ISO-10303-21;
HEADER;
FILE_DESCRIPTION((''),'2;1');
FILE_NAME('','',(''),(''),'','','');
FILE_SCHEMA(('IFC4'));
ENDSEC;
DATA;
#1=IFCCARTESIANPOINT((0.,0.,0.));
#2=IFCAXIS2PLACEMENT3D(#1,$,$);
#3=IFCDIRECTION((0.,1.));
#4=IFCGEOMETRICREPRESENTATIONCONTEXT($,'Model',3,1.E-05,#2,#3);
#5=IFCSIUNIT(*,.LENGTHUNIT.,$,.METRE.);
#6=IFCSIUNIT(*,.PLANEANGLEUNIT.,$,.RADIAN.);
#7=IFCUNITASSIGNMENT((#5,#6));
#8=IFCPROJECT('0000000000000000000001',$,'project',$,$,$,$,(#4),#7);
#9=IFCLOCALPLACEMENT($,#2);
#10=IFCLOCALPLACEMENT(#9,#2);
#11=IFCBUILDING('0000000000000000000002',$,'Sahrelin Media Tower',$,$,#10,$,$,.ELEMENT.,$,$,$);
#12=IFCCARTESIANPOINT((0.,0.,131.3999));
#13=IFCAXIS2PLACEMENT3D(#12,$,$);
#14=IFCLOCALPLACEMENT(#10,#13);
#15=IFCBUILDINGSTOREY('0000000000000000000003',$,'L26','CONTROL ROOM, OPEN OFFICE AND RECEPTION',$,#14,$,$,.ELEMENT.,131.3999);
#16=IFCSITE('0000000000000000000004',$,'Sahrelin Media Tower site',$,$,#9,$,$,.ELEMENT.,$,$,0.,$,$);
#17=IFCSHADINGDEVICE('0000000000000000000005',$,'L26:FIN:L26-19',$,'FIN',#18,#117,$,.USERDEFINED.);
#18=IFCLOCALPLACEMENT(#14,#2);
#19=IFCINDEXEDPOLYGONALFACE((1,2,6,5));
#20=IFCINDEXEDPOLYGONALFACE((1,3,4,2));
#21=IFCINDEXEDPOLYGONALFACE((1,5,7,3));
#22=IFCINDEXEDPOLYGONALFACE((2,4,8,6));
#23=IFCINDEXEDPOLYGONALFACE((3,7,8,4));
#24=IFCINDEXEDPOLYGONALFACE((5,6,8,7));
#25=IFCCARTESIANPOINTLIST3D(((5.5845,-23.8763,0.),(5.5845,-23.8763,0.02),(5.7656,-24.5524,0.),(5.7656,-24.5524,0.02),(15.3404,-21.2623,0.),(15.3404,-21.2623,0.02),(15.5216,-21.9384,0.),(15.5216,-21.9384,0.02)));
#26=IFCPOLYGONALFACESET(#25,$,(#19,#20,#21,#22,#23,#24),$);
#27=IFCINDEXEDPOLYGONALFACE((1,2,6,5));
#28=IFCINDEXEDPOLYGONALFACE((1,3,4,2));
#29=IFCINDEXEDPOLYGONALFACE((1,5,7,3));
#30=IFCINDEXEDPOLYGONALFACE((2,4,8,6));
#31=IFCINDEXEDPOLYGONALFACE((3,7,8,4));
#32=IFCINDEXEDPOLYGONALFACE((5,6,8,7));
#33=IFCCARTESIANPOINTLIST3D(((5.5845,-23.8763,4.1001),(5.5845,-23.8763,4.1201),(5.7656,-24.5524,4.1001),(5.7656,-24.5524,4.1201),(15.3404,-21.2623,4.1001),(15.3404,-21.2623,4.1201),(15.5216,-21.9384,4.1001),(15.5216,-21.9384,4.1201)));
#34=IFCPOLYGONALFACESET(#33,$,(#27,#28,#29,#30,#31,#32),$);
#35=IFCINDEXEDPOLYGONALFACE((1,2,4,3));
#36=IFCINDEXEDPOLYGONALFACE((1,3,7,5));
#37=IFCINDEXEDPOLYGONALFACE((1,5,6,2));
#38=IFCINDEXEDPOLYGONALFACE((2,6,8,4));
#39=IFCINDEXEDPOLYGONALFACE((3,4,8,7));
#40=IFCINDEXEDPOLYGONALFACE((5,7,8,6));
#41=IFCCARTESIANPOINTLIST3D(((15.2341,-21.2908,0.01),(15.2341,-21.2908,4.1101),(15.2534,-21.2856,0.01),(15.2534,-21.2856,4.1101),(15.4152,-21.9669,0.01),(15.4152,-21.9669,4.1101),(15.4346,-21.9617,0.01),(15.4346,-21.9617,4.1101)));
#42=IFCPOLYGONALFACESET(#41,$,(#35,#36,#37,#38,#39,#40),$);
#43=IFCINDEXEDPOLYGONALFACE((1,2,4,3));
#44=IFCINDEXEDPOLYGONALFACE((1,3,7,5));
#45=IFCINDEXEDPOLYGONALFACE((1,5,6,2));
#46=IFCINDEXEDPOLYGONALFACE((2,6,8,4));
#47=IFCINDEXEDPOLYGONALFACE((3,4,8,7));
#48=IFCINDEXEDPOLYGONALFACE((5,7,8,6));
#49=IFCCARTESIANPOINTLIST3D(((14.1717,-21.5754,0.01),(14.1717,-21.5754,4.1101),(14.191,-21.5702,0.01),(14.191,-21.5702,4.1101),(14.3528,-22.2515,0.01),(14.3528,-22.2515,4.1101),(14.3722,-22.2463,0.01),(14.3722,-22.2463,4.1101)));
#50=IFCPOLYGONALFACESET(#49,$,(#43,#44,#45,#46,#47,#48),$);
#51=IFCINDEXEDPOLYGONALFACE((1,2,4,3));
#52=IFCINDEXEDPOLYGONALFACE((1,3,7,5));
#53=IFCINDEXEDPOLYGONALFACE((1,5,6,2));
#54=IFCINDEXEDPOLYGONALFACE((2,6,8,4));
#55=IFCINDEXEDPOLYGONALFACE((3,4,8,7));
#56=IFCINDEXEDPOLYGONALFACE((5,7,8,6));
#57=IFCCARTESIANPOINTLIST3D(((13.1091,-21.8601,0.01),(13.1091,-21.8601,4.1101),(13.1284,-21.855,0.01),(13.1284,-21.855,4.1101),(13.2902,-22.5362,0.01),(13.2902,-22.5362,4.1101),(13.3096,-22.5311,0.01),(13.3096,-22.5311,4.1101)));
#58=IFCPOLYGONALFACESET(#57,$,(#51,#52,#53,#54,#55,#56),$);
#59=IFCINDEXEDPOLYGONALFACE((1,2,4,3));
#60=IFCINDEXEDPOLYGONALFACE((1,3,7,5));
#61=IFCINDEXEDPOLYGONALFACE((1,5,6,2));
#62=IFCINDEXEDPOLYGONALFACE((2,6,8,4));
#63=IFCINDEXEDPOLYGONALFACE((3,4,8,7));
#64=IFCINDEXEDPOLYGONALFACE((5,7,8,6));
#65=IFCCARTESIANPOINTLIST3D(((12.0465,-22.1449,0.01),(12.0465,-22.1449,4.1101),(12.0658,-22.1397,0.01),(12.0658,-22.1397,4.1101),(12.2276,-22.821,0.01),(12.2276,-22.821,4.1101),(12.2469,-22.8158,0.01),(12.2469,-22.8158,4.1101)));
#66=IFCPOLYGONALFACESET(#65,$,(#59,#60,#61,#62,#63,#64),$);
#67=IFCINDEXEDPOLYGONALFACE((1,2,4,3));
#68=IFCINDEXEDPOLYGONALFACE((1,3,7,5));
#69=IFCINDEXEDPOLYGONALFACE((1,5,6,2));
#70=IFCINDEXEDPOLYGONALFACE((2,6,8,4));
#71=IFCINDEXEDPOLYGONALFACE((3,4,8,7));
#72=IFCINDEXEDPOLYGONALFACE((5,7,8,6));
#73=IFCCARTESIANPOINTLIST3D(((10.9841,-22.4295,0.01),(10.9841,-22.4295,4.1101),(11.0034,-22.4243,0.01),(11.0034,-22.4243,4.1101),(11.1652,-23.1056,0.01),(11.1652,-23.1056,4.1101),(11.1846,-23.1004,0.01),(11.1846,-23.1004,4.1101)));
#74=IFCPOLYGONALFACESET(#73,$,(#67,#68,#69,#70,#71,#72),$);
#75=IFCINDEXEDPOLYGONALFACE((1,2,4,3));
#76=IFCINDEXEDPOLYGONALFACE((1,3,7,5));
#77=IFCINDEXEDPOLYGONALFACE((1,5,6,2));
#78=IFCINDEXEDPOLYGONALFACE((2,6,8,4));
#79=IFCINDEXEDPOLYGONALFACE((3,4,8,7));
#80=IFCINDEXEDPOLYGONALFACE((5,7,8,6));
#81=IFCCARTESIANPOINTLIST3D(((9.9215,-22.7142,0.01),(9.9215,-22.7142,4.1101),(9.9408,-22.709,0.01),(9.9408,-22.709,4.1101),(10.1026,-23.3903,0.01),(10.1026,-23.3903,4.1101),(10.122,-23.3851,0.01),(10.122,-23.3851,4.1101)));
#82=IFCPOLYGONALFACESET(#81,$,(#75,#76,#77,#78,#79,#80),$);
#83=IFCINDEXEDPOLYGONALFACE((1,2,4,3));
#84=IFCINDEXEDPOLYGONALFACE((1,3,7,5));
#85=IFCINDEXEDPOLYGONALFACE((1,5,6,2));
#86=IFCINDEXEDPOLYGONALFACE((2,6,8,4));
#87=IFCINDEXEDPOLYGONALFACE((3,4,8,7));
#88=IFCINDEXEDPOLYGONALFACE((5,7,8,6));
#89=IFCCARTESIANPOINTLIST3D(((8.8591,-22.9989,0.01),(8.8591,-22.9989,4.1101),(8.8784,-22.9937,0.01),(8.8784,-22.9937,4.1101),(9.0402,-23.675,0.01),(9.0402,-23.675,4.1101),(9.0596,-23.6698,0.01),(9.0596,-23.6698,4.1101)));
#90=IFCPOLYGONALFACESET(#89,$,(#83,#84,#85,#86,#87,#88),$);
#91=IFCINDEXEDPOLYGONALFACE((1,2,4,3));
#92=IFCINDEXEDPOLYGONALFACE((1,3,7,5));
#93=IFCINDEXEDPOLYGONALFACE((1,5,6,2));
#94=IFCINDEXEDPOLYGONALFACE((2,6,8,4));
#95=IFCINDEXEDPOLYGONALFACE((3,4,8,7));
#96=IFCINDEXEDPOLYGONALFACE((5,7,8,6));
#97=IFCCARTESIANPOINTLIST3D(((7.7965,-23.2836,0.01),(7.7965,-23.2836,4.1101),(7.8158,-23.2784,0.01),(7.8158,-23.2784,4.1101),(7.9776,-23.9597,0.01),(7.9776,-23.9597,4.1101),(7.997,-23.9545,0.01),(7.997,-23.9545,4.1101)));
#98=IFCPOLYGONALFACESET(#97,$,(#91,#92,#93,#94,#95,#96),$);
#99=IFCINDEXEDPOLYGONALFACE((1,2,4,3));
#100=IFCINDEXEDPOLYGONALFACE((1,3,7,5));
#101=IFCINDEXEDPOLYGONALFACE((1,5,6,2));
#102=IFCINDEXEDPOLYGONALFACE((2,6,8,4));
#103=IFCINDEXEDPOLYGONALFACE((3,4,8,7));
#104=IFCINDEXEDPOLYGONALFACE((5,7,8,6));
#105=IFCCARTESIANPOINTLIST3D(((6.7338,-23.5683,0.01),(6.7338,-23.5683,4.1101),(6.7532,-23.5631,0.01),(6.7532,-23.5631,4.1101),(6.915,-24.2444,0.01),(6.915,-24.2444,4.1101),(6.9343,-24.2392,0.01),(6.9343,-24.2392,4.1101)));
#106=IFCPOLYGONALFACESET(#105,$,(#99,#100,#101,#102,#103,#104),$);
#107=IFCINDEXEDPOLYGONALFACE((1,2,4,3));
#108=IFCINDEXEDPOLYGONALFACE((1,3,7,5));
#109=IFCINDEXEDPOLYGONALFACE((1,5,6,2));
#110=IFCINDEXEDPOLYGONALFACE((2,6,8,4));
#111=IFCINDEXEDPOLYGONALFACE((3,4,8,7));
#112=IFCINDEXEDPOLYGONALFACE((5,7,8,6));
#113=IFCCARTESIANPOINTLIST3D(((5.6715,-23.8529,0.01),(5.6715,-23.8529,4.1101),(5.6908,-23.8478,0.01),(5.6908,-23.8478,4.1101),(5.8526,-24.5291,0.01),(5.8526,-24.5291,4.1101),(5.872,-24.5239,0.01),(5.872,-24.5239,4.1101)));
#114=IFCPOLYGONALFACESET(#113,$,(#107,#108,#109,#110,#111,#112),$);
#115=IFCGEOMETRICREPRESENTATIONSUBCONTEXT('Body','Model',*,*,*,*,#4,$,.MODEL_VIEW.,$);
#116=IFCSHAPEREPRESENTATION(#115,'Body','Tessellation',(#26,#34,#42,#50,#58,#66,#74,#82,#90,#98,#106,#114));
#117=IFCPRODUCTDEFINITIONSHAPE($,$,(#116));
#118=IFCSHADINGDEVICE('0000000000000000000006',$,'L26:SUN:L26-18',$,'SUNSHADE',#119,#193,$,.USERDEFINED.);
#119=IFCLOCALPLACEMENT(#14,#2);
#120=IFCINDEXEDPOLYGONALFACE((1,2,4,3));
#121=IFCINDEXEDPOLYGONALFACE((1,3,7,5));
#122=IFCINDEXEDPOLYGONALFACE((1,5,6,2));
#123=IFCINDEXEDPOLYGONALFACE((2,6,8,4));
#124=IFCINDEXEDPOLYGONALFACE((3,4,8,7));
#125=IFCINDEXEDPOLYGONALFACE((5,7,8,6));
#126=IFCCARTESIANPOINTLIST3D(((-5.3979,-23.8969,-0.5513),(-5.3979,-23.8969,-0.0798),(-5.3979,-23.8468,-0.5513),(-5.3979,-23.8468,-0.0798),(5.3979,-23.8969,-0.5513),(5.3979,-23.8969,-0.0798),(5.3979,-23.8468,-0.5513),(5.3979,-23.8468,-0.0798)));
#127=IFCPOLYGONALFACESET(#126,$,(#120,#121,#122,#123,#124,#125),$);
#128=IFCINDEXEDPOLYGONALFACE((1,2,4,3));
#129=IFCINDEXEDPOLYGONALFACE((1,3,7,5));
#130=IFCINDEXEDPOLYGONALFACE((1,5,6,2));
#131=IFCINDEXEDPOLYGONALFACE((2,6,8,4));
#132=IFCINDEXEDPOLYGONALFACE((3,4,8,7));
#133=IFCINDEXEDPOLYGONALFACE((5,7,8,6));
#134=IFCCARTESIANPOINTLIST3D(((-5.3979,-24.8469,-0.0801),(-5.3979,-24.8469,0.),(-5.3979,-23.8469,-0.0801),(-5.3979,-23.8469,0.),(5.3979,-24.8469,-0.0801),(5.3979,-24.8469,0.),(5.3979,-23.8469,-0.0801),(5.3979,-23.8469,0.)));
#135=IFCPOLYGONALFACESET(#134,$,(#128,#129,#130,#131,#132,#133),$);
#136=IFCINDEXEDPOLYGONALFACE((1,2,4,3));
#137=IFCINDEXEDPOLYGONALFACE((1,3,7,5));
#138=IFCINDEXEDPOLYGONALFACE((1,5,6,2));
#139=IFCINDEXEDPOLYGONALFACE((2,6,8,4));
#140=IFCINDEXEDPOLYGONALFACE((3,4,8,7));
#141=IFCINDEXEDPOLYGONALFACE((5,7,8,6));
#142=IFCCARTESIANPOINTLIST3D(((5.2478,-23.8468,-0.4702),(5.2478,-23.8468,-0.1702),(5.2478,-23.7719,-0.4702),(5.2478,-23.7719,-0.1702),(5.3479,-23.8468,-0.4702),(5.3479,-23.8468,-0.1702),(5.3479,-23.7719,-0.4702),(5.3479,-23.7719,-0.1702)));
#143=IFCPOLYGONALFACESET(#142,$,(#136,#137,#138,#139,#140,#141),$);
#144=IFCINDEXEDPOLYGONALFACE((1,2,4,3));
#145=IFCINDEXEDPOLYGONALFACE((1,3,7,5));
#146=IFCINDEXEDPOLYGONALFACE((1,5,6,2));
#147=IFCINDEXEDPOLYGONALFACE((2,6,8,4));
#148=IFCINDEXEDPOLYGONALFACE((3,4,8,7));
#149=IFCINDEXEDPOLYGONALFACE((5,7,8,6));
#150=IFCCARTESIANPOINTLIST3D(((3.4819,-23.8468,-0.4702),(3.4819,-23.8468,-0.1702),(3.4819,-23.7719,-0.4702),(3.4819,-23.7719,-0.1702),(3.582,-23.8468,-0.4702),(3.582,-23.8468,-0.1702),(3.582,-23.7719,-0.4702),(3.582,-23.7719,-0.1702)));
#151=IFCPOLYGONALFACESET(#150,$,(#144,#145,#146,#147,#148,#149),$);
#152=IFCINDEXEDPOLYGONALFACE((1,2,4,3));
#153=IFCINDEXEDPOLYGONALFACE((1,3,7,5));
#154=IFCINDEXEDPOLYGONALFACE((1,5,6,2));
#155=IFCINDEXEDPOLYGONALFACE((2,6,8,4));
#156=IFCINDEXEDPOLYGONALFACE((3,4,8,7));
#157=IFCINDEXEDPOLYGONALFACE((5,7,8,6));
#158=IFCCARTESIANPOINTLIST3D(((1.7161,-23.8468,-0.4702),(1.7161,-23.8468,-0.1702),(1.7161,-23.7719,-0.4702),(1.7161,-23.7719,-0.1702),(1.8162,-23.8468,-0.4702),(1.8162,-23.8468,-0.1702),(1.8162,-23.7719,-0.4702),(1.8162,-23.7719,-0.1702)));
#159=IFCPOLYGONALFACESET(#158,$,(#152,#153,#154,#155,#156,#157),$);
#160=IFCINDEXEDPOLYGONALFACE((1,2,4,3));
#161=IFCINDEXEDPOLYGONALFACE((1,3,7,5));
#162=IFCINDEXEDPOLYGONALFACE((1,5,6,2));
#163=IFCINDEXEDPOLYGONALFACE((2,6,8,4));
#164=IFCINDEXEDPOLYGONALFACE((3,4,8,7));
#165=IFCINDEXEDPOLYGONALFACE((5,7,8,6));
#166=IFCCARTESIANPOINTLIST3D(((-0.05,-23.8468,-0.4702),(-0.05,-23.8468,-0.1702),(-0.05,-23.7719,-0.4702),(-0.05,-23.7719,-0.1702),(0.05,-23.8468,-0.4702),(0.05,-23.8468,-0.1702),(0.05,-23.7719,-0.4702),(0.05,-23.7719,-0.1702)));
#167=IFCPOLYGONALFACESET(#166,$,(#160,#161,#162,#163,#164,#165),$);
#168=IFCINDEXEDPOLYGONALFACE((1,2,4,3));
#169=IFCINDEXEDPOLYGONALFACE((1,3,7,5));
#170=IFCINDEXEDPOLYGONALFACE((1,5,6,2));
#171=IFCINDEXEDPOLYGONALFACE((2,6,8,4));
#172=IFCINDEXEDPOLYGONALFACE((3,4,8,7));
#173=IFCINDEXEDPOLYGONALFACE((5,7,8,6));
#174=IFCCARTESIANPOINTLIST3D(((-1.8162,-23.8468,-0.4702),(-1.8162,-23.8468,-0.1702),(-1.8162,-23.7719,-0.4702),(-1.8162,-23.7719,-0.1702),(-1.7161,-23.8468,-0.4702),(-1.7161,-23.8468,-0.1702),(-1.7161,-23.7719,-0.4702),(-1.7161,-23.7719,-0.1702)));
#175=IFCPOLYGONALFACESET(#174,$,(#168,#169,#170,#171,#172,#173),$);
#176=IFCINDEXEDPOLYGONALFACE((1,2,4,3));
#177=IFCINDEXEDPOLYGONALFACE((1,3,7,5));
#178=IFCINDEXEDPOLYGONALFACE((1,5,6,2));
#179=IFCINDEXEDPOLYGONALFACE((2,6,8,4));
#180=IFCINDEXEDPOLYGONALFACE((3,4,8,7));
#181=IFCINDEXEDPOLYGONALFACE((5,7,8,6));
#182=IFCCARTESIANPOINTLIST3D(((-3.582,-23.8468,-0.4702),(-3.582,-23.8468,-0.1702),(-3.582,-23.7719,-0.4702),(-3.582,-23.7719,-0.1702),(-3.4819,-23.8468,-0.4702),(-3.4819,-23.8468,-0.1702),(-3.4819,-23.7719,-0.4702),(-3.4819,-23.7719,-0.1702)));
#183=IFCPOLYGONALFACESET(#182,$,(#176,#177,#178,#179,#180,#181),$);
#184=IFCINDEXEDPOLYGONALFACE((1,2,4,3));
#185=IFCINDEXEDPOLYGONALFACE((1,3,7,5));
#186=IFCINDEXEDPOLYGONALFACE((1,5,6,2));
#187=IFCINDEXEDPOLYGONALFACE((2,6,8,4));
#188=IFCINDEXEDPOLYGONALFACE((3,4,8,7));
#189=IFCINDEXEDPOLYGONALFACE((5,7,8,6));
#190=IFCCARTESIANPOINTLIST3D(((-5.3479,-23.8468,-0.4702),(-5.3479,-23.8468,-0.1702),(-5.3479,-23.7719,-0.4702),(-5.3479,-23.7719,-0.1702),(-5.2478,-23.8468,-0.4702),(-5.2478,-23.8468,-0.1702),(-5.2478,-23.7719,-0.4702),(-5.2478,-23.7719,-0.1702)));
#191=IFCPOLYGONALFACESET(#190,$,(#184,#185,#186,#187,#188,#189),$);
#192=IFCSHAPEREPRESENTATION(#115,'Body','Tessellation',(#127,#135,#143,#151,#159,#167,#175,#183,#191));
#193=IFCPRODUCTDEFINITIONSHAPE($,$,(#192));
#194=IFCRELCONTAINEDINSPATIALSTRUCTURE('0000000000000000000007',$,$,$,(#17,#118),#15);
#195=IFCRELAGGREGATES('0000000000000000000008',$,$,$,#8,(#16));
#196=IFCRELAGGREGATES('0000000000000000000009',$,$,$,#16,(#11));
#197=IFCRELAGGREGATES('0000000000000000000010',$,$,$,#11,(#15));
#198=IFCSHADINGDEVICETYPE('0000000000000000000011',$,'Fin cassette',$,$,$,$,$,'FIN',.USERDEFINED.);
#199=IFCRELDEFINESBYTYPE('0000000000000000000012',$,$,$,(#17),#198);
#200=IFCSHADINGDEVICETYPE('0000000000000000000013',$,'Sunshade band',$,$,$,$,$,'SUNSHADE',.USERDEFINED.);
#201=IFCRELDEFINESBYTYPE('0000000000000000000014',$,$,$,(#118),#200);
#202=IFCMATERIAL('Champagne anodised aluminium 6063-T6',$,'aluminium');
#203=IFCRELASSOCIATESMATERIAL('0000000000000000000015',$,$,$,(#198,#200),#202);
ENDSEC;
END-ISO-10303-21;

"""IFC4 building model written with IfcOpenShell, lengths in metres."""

from ifc_helpers import new_model, si_unit, direction, frame, origin, origin_2d, place, context, subcontext, project, spatial, rectangle, extrude, material, type_object, element, save


model = new_model("IFC4")

# Units and contexts
model_context = context("Model", 3, precision=1e-05, world=origin(), true_north=direction((0.0, 1.0)))
body_context = subcontext(model_context, "Body", "Model", "MODEL_VIEW")
ifc_project = project(units=[si_unit("LENGTHUNIT", "METRE"), si_unit("PLANEANGLEUNIT", "RADIAN")], contexts=[model_context])

# Site, building, storey
site_placement = place(None, origin())
site = spatial("IfcSite", under=ifc_project, at=site_placement, Name="Sahrelin Media Tower site", CompositionType="ELEMENT", RefElevation=0.0)
building_placement = place(site_placement, origin())
building = spatial("IfcBuilding", under=site, at=building_placement, Name="Sahrelin Media Tower", CompositionType="ELEMENT")
storey_placement = place(building_placement, frame((0.0, 0.0, 131.3999)))
storey = spatial("IfcBuildingStorey", under=building, at=storey_placement, Name="L26", Description="CONTROL ROOM, OPEN OFFICE AND RECEPTION", CompositionType="ELEMENT", Elevation=131.3999)

# Shared definitions
ifc_material_1 = material(Name="Champagne anodised aluminium 6063-T6", Category="aluminium")

# Shading devices
shading_device_type_1 = type_object("IfcShadingDeviceType", Name="Fin cassette", ElementType="FIN", PredefinedType="USERDEFINED", material=ifc_material_1)
placement_1 = place(storey_placement, frame((0.0, -23.8269, 0.0), z_axis=(0.0, 0.0, 1.0), x_axis=(-1.0, 0.0, 0.0)))
placement_2 = place(storey_placement, frame((10.4443, -22.5017, 0.0), z_axis=(0.0, 0.0, 1.0), x_axis=(-0.965929, -0.258808, 0.0)))
element("IfcShadingDevice", 1, at=placement_2, inside=storey, type_object=shading_device_type_1, Name="L26:FIN:L26-19", ObjectType="FIN", PredefinedType="USERDEFINED", context=body_context, shape_type="SweptSolid", body=[
    extrude(rectangle(XDim=10.1001, YDim=0.7, at=origin_2d()), frame((0.0, 0.4199, 0.0)), (0.0, 0.0, 1.0), 0.02),
    extrude(rectangle(XDim=10.1001, YDim=0.7, at=origin_2d()), frame((0.0, 0.4199, 4.1001)), (0.0, 0.0, 1.0), 0.02),
    extrude(rectangle(XDim=0.02, YDim=0.7, at=origin_2d()), frame((-4.95, 0.4199, 0.01), z_axis=(0.0, 0.0, 1.0), x_axis=(1.0, 0.0, 0.0)), (0.0, 0.0, 1.0), 4.1001),
    extrude(rectangle(XDim=0.02, YDim=0.7, at=origin_2d()), frame((-3.8501, 0.4199, 0.01), z_axis=(0.0, 0.0, 1.0), x_axis=(1.0, 0.0, 0.0)), (0.0, 0.0, 1.0), 4.1001),
    extrude(rectangle(XDim=0.02, YDim=0.7, at=origin_2d()), frame((-2.75, 0.4199, 0.01), z_axis=(0.0, 0.0, 1.0), x_axis=(1.0, 0.0, 0.0)), (0.0, 0.0, 1.0), 4.1001),
    extrude(rectangle(XDim=0.02, YDim=0.7, at=origin_2d()), frame((-1.6499, 0.4199, 0.01), z_axis=(0.0, 0.0, 1.0), x_axis=(1.0, 0.0, 0.0)), (0.0, 0.0, 1.0), 4.1001),
    extrude(rectangle(XDim=0.02, YDim=0.7, at=origin_2d()), frame((-0.55, 0.4199, 0.01), z_axis=(0.0, 0.0, 1.0), x_axis=(1.0, 0.0, 0.0)), (0.0, 0.0, 1.0), 4.1001),
    extrude(rectangle(XDim=0.02, YDim=0.7, at=origin_2d()), frame((0.55, 0.4199, 0.01), z_axis=(0.0, 0.0, 1.0), x_axis=(1.0, 0.0, 0.0)), (0.0, 0.0, 1.0), 4.1001),
    extrude(rectangle(XDim=0.02, YDim=0.7, at=origin_2d()), frame((1.6499, 0.4199, 0.01), z_axis=(0.0, 0.0, 1.0), x_axis=(1.0, 0.0, 0.0)), (0.0, 0.0, 1.0), 4.1001),
    extrude(rectangle(XDim=0.02, YDim=0.7, at=origin_2d()), frame((2.75, 0.4199, 0.01), z_axis=(0.0, 0.0, 1.0), x_axis=(1.0, 0.0, 0.0)), (0.0, 0.0, 1.0), 4.1001),
    extrude(rectangle(XDim=0.02, YDim=0.7, at=origin_2d()), frame((3.8501, 0.4199, 0.01), z_axis=(0.0, 0.0, 1.0), x_axis=(1.0, 0.0, 0.0)), (0.0, 0.0, 1.0), 4.1001),
    extrude(rectangle(XDim=0.02, YDim=0.7, at=origin_2d()), frame((4.95, 0.4199, 0.01), z_axis=(0.0, 0.0, 1.0), x_axis=(1.0, 0.0, 0.0)), (0.0, 0.0, 1.0), 4.1001),
])
shading_device_type_2 = type_object("IfcShadingDeviceType", Name="Sunshade band", ElementType="SUNSHADE", PredefinedType="USERDEFINED", material=ifc_material_1)
element("IfcShadingDevice", 2, at=placement_1, inside=storey, type_object=shading_device_type_2, Name="L26:SUN:L26-18", ObjectType="SUNSHADE", PredefinedType="USERDEFINED", context=body_context, shape_type="SweptSolid", body=[
    extrude(rectangle(XDim=10.7959, YDim=0.05, at=origin_2d()), frame((0.0, 0.0449, -0.5513)), (0.0, 0.0, 1.0), 0.4714),
    extrude(rectangle(XDim=10.7959, YDim=1.0, at=origin_2d()), frame((0.0, 0.52, -0.0801)), (0.0, 0.0, 1.0), 0.0801),
    extrude(rectangle(XDim=0.1001, YDim=0.075, at=origin_2d()), frame((-5.2979, -0.0176, -0.4702)), (0.0, 0.0, 1.0), 0.3),
    extrude(rectangle(XDim=0.1001, YDim=0.075, at=origin_2d()), frame((-3.532, -0.0176, -0.4702)), (0.0, 0.0, 1.0), 0.3),
    extrude(rectangle(XDim=0.1001, YDim=0.075, at=origin_2d()), frame((-1.7661, -0.0176, -0.4702)), (0.0, 0.0, 1.0), 0.3),
    extrude(rectangle(XDim=0.1001, YDim=0.075, at=origin_2d()), frame((0.0, -0.0176, -0.4702)), (0.0, 0.0, 1.0), 0.3),
    extrude(rectangle(XDim=0.1001, YDim=0.075, at=origin_2d()), frame((1.7661, -0.0176, -0.4702)), (0.0, 0.0, 1.0), 0.3),
    extrude(rectangle(XDim=0.1001, YDim=0.075, at=origin_2d()), frame((3.532, -0.0176, -0.4702)), (0.0, 0.0, 1.0), 0.3),
    extrude(rectangle(XDim=0.1001, YDim=0.075, at=origin_2d()), frame((5.2979, -0.0176, -0.4702)), (0.0, 0.0, 1.0), 0.3),
])

save(model, "model.ifc")
